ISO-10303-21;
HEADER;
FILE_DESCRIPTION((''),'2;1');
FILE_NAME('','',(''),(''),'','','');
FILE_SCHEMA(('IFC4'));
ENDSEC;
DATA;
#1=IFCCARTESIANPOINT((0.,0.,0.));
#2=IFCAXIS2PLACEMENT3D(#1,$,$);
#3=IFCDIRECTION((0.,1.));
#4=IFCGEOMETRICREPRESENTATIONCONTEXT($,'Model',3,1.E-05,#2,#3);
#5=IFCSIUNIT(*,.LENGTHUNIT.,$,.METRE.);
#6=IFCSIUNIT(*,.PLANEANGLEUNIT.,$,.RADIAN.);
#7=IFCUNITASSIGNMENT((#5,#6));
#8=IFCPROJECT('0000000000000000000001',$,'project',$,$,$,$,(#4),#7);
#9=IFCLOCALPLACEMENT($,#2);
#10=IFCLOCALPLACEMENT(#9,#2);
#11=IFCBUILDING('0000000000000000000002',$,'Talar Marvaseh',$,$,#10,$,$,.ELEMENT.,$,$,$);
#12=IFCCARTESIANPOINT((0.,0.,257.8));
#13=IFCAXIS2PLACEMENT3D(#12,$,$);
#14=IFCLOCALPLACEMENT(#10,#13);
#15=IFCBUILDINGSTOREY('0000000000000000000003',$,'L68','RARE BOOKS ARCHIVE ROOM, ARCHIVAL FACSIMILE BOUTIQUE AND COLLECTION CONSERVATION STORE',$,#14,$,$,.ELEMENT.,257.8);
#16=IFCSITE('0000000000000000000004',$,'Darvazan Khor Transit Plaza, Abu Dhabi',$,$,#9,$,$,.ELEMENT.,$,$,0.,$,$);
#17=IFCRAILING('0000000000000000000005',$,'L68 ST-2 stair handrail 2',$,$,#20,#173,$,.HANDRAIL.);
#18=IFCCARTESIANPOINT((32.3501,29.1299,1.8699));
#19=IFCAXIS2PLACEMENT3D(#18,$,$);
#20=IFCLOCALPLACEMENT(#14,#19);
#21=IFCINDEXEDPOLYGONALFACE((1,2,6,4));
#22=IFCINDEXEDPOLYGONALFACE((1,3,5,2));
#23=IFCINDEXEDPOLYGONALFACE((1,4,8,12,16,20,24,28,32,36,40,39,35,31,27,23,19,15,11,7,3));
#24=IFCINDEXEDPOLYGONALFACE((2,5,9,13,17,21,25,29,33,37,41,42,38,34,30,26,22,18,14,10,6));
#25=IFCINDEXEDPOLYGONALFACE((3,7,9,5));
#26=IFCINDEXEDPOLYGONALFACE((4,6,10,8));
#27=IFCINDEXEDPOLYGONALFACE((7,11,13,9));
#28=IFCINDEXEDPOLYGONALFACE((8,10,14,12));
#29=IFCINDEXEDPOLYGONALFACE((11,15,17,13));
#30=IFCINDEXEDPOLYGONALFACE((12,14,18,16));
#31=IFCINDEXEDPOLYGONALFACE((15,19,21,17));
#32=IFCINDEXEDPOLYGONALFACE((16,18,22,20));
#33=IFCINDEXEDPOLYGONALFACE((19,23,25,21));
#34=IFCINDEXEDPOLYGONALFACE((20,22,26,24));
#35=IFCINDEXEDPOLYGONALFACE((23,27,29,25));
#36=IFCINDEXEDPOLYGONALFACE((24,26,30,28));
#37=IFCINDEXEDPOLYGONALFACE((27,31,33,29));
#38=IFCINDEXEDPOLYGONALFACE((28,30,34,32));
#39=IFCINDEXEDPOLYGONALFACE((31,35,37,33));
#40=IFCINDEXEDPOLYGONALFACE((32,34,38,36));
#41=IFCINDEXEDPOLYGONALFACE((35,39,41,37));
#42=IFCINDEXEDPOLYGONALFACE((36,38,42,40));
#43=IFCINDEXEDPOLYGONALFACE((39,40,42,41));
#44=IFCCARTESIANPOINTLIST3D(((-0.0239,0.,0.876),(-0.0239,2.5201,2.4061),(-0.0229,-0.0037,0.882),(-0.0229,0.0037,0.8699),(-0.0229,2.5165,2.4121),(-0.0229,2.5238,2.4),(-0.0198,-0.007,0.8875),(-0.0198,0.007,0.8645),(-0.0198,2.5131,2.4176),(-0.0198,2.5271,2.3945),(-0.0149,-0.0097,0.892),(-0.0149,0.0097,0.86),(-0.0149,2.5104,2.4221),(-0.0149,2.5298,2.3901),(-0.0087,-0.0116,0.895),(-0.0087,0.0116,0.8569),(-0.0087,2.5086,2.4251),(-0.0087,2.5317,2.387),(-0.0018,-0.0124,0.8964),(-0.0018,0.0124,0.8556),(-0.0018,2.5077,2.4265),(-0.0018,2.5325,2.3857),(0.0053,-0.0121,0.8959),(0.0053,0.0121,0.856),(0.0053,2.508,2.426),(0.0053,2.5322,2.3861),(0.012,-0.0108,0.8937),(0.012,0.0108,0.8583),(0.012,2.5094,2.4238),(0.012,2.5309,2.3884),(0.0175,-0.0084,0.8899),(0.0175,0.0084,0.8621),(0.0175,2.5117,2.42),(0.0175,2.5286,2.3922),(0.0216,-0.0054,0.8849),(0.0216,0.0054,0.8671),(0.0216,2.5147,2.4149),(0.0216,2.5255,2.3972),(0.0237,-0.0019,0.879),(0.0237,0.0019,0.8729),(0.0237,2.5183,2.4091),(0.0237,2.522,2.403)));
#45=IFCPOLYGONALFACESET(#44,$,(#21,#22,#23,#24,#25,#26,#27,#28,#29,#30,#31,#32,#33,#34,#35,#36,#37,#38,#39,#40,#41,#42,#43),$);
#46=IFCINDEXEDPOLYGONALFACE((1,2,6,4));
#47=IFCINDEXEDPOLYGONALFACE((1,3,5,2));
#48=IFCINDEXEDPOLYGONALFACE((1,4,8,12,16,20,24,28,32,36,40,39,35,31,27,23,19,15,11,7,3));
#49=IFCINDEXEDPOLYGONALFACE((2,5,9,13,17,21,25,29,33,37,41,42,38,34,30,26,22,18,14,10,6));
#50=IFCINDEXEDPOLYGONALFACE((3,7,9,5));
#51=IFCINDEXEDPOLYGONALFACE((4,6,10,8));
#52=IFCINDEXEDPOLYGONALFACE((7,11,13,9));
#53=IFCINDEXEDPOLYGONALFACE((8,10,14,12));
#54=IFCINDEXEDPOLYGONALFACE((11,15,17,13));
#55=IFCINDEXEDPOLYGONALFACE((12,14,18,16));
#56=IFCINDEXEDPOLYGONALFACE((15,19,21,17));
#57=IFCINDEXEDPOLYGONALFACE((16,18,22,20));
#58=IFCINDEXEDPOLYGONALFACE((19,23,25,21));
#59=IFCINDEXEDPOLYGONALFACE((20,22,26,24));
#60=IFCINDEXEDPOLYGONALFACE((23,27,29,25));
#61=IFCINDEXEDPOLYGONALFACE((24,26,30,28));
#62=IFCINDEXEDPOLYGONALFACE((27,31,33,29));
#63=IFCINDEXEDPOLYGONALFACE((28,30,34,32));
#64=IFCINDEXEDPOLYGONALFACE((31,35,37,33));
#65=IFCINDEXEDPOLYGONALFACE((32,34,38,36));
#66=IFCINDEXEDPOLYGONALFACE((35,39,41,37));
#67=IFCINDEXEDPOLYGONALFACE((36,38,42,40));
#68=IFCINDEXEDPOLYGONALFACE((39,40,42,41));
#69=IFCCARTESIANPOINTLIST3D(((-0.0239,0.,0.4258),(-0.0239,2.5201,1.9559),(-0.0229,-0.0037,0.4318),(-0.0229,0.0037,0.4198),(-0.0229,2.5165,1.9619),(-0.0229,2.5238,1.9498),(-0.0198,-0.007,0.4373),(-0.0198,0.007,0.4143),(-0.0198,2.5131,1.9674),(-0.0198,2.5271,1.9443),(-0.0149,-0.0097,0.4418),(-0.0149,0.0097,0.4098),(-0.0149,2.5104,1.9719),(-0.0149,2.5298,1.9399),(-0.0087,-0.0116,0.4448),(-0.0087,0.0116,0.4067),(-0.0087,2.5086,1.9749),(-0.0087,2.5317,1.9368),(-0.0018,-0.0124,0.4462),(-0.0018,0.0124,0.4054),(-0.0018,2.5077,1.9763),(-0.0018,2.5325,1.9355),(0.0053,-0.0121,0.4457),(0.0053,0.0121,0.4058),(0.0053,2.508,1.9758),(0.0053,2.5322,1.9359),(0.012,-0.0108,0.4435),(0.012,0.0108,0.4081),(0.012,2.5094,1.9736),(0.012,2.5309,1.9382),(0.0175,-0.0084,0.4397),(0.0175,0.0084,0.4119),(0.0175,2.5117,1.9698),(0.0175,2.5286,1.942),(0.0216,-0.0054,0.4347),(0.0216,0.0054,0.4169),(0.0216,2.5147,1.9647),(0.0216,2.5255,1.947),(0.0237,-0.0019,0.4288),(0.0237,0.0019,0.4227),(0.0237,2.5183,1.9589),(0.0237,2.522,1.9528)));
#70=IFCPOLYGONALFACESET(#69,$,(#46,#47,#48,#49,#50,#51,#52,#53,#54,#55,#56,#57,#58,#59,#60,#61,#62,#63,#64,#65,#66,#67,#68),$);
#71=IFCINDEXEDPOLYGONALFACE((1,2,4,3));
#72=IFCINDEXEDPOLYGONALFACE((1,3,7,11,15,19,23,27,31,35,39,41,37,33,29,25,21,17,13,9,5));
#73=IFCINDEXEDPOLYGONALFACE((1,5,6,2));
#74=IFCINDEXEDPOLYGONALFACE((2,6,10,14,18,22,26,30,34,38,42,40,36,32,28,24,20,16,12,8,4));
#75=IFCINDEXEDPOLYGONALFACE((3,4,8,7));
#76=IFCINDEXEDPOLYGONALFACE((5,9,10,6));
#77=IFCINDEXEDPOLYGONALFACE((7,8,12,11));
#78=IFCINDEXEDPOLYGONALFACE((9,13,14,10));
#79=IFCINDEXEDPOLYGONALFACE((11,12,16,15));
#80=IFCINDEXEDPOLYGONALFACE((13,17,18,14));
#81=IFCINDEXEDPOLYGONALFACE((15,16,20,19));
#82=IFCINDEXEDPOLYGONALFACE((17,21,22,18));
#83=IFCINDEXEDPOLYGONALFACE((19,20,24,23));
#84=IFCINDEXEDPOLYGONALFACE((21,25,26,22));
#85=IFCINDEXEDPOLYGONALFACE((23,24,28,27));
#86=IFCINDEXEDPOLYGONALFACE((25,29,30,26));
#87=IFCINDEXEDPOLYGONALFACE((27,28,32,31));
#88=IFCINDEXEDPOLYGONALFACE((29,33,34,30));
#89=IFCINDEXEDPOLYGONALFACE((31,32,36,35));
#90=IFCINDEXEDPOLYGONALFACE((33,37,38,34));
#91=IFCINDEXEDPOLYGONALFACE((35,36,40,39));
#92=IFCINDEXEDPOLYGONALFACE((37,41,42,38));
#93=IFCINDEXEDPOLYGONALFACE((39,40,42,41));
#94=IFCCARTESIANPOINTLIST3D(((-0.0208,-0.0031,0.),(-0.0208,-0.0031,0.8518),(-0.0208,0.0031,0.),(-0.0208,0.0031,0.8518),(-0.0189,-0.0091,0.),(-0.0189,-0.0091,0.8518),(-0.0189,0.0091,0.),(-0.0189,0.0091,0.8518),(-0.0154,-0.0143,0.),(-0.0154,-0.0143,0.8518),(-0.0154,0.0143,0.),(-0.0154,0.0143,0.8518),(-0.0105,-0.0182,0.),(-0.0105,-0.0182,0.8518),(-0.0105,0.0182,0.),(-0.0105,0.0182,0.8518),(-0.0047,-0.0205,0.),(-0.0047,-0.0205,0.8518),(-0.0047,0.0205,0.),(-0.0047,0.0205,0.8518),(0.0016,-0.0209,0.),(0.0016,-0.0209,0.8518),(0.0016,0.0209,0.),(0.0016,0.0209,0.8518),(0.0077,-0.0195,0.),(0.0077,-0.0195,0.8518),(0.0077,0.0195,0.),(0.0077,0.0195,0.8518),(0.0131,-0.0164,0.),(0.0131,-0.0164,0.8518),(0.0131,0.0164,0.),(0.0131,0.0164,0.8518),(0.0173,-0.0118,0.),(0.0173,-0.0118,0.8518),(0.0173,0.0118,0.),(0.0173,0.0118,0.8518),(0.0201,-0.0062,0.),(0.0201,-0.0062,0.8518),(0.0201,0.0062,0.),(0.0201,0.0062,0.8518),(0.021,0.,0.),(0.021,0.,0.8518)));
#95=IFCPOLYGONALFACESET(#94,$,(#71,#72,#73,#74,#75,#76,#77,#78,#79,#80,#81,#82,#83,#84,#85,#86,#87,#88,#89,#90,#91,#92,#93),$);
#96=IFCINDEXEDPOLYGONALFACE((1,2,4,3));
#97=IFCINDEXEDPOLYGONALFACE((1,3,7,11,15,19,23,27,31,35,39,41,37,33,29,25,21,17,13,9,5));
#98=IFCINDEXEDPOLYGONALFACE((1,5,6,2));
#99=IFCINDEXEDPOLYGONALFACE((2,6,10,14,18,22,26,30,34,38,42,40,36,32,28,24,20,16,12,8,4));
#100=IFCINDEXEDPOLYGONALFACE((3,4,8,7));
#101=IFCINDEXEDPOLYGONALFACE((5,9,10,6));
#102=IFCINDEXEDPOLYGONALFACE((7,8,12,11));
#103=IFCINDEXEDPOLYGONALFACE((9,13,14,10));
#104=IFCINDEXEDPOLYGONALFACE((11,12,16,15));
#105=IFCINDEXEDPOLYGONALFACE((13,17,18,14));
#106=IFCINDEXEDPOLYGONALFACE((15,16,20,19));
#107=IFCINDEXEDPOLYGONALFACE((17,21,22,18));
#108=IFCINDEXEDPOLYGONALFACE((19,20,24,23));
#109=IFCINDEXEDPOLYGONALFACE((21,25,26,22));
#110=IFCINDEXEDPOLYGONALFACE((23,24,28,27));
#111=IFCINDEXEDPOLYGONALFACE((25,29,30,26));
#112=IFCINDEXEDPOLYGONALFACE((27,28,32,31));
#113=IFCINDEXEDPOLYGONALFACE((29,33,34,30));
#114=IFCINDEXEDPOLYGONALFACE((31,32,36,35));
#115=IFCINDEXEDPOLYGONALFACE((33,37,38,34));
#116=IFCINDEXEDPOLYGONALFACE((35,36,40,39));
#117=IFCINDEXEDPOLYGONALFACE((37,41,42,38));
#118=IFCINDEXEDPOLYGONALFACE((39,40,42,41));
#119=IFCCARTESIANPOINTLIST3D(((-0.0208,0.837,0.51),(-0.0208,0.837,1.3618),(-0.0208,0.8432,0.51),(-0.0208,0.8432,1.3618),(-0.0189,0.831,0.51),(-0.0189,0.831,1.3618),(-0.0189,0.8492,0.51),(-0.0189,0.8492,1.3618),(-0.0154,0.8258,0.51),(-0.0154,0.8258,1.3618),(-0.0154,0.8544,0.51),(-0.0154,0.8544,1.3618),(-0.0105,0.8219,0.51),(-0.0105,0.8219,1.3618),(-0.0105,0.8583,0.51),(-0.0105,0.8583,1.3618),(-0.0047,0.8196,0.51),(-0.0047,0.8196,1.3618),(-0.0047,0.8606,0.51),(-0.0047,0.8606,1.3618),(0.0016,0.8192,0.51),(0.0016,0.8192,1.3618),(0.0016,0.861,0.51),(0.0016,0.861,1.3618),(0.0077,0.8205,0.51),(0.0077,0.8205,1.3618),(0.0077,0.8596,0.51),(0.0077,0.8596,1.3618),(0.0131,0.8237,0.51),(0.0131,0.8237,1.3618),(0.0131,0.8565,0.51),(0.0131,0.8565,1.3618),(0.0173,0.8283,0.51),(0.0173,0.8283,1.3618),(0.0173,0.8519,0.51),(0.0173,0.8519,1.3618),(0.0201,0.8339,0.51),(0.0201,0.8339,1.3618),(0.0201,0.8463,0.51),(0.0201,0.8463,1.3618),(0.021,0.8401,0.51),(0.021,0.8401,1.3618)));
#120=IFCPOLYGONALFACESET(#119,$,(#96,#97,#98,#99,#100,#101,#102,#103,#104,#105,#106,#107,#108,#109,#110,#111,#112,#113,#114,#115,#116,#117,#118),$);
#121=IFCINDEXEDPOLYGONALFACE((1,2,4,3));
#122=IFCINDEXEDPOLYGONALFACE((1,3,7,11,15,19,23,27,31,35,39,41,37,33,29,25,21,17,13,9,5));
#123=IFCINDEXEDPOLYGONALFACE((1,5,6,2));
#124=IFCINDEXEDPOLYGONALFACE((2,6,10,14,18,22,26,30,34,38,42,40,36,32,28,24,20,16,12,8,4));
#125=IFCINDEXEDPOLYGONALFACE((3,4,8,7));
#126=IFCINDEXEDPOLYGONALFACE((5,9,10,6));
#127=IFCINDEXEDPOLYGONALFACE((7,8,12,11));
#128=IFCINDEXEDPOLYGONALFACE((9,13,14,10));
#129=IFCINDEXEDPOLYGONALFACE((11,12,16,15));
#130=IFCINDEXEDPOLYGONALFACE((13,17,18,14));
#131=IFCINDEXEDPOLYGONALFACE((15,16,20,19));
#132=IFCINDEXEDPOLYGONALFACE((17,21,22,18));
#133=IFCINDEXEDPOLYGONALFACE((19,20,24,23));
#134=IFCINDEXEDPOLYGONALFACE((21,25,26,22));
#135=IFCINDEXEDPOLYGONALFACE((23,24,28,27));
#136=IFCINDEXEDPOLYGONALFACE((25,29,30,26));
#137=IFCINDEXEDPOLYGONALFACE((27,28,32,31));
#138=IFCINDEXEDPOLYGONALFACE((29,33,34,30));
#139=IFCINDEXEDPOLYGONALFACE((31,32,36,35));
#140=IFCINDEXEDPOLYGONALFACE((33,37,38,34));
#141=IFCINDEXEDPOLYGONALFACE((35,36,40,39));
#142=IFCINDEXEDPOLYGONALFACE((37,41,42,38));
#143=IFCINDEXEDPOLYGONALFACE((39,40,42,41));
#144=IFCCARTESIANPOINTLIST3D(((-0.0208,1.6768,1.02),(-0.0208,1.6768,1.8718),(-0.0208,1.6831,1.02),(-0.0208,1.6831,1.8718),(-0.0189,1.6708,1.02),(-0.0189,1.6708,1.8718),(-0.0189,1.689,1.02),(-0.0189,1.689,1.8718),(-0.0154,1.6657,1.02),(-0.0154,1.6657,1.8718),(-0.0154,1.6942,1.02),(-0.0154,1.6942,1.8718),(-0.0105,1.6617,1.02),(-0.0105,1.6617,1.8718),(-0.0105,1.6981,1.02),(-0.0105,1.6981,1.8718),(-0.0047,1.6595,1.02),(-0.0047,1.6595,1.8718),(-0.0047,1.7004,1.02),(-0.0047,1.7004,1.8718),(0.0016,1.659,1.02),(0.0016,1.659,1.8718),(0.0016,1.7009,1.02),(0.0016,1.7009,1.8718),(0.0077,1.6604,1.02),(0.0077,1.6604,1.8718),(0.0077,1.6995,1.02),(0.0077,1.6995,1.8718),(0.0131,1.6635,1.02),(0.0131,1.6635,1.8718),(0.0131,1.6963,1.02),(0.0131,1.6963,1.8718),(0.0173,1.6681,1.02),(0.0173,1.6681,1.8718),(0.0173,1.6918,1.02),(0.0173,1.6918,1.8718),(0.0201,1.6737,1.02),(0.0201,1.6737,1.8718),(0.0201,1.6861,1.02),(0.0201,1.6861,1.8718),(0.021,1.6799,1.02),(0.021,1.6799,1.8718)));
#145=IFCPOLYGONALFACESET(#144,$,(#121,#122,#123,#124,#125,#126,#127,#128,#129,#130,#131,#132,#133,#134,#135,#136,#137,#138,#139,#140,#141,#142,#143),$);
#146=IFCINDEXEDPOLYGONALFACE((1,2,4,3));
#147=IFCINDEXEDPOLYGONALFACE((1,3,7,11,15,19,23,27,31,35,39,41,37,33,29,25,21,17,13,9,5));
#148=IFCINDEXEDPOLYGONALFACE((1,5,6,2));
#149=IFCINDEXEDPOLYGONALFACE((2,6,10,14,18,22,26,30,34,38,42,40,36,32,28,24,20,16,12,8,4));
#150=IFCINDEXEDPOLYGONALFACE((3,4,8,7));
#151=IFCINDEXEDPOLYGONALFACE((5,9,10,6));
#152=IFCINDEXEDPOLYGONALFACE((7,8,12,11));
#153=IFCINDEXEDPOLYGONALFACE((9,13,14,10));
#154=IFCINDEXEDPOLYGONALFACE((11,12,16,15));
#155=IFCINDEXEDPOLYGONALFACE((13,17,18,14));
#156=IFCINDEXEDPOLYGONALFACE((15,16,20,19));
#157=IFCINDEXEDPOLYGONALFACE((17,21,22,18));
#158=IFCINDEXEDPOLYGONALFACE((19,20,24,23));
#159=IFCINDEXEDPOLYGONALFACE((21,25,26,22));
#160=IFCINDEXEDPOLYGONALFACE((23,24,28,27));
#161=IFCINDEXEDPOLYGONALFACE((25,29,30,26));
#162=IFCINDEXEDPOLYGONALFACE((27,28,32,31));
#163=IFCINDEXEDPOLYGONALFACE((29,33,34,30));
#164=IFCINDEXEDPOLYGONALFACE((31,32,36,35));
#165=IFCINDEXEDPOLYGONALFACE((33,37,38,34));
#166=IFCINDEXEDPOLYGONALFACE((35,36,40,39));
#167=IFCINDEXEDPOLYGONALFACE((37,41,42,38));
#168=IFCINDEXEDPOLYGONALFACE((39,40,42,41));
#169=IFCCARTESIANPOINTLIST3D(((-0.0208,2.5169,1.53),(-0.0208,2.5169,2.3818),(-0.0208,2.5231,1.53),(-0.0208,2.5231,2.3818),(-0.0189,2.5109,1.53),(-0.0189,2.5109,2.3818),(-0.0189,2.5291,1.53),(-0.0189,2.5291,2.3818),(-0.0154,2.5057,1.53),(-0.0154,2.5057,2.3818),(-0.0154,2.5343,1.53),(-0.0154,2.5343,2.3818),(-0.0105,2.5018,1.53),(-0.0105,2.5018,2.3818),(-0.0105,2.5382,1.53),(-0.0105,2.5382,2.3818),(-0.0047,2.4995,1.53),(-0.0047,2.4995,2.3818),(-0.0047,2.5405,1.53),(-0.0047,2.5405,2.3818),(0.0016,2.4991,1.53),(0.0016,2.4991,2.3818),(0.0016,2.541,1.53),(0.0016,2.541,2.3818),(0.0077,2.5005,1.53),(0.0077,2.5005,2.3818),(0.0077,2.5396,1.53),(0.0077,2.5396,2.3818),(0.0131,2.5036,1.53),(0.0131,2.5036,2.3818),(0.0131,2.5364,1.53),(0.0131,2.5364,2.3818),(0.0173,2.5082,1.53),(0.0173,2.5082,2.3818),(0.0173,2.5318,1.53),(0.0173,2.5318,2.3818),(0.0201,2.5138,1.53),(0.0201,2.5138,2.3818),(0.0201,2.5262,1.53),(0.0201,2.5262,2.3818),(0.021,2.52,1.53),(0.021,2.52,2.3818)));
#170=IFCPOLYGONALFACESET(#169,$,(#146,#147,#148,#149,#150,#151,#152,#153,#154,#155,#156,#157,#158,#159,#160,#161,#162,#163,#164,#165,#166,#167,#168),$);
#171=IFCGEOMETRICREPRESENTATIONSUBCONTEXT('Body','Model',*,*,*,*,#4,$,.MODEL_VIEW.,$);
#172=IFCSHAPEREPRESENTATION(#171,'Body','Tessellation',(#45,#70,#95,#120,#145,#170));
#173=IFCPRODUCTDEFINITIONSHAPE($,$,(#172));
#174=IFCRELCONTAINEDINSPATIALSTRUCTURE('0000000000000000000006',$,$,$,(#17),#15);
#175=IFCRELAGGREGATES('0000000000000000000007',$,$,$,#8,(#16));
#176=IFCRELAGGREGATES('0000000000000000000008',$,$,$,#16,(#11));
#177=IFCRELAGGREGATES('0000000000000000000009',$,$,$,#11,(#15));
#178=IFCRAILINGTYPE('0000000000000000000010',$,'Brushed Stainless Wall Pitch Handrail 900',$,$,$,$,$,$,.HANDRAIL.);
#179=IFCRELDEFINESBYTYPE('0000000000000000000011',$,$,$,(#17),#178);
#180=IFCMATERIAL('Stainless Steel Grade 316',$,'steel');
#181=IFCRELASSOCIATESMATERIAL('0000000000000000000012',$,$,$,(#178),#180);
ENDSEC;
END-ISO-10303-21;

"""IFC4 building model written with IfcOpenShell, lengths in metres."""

from ifc_helpers import new_model, si_unit, direction, frame, origin, origin_2d, place, context, subcontext, project, spatial, circle, extrude, material, type_object, element, save


model = new_model("IFC4")

# Units and contexts
model_context = context("Model", 3, precision=1e-05, world=origin(), true_north=direction((0.0, 1.0)))
body_context = subcontext(model_context, "Body", "Model", "MODEL_VIEW")
ifc_project = project(units=[si_unit("LENGTHUNIT", "METRE"), si_unit("PLANEANGLEUNIT", "RADIAN")], contexts=[model_context])

# Site, building, storey
site_placement = place(None, origin())
site = spatial("IfcSite", under=ifc_project, at=site_placement, Name="Darvazan Khor Transit Plaza, Abu Dhabi", CompositionType="ELEMENT", RefElevation=0.0)
building_placement = place(site_placement, origin())
building = spatial("IfcBuilding", under=site, at=building_placement, Name="Talar Marvaseh", CompositionType="ELEMENT")
storey_placement = place(building_placement, frame((0.0, 0.0, 257.8)))
storey = spatial("IfcBuildingStorey", under=building, at=storey_placement, Name="L68", Description="RARE BOOKS ARCHIVE ROOM, ARCHIVAL FACSIMILE BOUTIQUE AND COLLECTION CONSERVATION STORE", CompositionType="ELEMENT", Elevation=257.8)

# Railing
ifc_material_1 = material(Name="Stainless Steel Grade 316", Category="steel")
railing_type = type_object("IfcRailingType", Name="Brushed Stainless Wall Pitch Handrail 900", PredefinedType="HANDRAIL", material=ifc_material_1)
railing_placement = place(storey_placement, frame((32.3501, 29.1299, 1.8699)))
element("IfcRailing", 1, at=railing_placement, inside=storey, type_object=railing_type, Name="L68 ST-2 stair handrail 2", PredefinedType="HANDRAIL", context=body_context, shape_type="SweptSolid", body=[
    extrude(circle(Radius=0.0239, at=origin_2d()), frame((0.0, 0.0, 0.876), z_axis=(0.0, 0.854785, 0.518982), x_axis=(-1.0, 0.0, 0.0)), (0.0, 0.0, 1.0), 2.9482),
    extrude(circle(Radius=0.0239, at=origin_2d()), frame((0.0, 0.0, 0.4258), z_axis=(0.0, 0.854785, 0.518982), x_axis=(-1.0, 0.0, 0.0)), (0.0, 0.0, 1.0), 2.9482),
    extrude(circle(Radius=0.021, at=origin_2d()), origin(), (0.0, 0.0, 1.0), 0.8518),
    extrude(circle(Radius=0.021, at=origin_2d()), frame((0.0, 0.8401, 0.51)), (0.0, 0.0, 1.0), 0.8518),
    extrude(circle(Radius=0.021, at=origin_2d()), frame((0.0, 1.6799, 1.02)), (0.0, 0.0, 1.0), 0.8518),
    extrude(circle(Radius=0.021, at=origin_2d()), frame((0.0, 2.52, 1.53)), (0.0, 0.0, 1.0), 0.8518),
])

save(model, "model.ifc")
